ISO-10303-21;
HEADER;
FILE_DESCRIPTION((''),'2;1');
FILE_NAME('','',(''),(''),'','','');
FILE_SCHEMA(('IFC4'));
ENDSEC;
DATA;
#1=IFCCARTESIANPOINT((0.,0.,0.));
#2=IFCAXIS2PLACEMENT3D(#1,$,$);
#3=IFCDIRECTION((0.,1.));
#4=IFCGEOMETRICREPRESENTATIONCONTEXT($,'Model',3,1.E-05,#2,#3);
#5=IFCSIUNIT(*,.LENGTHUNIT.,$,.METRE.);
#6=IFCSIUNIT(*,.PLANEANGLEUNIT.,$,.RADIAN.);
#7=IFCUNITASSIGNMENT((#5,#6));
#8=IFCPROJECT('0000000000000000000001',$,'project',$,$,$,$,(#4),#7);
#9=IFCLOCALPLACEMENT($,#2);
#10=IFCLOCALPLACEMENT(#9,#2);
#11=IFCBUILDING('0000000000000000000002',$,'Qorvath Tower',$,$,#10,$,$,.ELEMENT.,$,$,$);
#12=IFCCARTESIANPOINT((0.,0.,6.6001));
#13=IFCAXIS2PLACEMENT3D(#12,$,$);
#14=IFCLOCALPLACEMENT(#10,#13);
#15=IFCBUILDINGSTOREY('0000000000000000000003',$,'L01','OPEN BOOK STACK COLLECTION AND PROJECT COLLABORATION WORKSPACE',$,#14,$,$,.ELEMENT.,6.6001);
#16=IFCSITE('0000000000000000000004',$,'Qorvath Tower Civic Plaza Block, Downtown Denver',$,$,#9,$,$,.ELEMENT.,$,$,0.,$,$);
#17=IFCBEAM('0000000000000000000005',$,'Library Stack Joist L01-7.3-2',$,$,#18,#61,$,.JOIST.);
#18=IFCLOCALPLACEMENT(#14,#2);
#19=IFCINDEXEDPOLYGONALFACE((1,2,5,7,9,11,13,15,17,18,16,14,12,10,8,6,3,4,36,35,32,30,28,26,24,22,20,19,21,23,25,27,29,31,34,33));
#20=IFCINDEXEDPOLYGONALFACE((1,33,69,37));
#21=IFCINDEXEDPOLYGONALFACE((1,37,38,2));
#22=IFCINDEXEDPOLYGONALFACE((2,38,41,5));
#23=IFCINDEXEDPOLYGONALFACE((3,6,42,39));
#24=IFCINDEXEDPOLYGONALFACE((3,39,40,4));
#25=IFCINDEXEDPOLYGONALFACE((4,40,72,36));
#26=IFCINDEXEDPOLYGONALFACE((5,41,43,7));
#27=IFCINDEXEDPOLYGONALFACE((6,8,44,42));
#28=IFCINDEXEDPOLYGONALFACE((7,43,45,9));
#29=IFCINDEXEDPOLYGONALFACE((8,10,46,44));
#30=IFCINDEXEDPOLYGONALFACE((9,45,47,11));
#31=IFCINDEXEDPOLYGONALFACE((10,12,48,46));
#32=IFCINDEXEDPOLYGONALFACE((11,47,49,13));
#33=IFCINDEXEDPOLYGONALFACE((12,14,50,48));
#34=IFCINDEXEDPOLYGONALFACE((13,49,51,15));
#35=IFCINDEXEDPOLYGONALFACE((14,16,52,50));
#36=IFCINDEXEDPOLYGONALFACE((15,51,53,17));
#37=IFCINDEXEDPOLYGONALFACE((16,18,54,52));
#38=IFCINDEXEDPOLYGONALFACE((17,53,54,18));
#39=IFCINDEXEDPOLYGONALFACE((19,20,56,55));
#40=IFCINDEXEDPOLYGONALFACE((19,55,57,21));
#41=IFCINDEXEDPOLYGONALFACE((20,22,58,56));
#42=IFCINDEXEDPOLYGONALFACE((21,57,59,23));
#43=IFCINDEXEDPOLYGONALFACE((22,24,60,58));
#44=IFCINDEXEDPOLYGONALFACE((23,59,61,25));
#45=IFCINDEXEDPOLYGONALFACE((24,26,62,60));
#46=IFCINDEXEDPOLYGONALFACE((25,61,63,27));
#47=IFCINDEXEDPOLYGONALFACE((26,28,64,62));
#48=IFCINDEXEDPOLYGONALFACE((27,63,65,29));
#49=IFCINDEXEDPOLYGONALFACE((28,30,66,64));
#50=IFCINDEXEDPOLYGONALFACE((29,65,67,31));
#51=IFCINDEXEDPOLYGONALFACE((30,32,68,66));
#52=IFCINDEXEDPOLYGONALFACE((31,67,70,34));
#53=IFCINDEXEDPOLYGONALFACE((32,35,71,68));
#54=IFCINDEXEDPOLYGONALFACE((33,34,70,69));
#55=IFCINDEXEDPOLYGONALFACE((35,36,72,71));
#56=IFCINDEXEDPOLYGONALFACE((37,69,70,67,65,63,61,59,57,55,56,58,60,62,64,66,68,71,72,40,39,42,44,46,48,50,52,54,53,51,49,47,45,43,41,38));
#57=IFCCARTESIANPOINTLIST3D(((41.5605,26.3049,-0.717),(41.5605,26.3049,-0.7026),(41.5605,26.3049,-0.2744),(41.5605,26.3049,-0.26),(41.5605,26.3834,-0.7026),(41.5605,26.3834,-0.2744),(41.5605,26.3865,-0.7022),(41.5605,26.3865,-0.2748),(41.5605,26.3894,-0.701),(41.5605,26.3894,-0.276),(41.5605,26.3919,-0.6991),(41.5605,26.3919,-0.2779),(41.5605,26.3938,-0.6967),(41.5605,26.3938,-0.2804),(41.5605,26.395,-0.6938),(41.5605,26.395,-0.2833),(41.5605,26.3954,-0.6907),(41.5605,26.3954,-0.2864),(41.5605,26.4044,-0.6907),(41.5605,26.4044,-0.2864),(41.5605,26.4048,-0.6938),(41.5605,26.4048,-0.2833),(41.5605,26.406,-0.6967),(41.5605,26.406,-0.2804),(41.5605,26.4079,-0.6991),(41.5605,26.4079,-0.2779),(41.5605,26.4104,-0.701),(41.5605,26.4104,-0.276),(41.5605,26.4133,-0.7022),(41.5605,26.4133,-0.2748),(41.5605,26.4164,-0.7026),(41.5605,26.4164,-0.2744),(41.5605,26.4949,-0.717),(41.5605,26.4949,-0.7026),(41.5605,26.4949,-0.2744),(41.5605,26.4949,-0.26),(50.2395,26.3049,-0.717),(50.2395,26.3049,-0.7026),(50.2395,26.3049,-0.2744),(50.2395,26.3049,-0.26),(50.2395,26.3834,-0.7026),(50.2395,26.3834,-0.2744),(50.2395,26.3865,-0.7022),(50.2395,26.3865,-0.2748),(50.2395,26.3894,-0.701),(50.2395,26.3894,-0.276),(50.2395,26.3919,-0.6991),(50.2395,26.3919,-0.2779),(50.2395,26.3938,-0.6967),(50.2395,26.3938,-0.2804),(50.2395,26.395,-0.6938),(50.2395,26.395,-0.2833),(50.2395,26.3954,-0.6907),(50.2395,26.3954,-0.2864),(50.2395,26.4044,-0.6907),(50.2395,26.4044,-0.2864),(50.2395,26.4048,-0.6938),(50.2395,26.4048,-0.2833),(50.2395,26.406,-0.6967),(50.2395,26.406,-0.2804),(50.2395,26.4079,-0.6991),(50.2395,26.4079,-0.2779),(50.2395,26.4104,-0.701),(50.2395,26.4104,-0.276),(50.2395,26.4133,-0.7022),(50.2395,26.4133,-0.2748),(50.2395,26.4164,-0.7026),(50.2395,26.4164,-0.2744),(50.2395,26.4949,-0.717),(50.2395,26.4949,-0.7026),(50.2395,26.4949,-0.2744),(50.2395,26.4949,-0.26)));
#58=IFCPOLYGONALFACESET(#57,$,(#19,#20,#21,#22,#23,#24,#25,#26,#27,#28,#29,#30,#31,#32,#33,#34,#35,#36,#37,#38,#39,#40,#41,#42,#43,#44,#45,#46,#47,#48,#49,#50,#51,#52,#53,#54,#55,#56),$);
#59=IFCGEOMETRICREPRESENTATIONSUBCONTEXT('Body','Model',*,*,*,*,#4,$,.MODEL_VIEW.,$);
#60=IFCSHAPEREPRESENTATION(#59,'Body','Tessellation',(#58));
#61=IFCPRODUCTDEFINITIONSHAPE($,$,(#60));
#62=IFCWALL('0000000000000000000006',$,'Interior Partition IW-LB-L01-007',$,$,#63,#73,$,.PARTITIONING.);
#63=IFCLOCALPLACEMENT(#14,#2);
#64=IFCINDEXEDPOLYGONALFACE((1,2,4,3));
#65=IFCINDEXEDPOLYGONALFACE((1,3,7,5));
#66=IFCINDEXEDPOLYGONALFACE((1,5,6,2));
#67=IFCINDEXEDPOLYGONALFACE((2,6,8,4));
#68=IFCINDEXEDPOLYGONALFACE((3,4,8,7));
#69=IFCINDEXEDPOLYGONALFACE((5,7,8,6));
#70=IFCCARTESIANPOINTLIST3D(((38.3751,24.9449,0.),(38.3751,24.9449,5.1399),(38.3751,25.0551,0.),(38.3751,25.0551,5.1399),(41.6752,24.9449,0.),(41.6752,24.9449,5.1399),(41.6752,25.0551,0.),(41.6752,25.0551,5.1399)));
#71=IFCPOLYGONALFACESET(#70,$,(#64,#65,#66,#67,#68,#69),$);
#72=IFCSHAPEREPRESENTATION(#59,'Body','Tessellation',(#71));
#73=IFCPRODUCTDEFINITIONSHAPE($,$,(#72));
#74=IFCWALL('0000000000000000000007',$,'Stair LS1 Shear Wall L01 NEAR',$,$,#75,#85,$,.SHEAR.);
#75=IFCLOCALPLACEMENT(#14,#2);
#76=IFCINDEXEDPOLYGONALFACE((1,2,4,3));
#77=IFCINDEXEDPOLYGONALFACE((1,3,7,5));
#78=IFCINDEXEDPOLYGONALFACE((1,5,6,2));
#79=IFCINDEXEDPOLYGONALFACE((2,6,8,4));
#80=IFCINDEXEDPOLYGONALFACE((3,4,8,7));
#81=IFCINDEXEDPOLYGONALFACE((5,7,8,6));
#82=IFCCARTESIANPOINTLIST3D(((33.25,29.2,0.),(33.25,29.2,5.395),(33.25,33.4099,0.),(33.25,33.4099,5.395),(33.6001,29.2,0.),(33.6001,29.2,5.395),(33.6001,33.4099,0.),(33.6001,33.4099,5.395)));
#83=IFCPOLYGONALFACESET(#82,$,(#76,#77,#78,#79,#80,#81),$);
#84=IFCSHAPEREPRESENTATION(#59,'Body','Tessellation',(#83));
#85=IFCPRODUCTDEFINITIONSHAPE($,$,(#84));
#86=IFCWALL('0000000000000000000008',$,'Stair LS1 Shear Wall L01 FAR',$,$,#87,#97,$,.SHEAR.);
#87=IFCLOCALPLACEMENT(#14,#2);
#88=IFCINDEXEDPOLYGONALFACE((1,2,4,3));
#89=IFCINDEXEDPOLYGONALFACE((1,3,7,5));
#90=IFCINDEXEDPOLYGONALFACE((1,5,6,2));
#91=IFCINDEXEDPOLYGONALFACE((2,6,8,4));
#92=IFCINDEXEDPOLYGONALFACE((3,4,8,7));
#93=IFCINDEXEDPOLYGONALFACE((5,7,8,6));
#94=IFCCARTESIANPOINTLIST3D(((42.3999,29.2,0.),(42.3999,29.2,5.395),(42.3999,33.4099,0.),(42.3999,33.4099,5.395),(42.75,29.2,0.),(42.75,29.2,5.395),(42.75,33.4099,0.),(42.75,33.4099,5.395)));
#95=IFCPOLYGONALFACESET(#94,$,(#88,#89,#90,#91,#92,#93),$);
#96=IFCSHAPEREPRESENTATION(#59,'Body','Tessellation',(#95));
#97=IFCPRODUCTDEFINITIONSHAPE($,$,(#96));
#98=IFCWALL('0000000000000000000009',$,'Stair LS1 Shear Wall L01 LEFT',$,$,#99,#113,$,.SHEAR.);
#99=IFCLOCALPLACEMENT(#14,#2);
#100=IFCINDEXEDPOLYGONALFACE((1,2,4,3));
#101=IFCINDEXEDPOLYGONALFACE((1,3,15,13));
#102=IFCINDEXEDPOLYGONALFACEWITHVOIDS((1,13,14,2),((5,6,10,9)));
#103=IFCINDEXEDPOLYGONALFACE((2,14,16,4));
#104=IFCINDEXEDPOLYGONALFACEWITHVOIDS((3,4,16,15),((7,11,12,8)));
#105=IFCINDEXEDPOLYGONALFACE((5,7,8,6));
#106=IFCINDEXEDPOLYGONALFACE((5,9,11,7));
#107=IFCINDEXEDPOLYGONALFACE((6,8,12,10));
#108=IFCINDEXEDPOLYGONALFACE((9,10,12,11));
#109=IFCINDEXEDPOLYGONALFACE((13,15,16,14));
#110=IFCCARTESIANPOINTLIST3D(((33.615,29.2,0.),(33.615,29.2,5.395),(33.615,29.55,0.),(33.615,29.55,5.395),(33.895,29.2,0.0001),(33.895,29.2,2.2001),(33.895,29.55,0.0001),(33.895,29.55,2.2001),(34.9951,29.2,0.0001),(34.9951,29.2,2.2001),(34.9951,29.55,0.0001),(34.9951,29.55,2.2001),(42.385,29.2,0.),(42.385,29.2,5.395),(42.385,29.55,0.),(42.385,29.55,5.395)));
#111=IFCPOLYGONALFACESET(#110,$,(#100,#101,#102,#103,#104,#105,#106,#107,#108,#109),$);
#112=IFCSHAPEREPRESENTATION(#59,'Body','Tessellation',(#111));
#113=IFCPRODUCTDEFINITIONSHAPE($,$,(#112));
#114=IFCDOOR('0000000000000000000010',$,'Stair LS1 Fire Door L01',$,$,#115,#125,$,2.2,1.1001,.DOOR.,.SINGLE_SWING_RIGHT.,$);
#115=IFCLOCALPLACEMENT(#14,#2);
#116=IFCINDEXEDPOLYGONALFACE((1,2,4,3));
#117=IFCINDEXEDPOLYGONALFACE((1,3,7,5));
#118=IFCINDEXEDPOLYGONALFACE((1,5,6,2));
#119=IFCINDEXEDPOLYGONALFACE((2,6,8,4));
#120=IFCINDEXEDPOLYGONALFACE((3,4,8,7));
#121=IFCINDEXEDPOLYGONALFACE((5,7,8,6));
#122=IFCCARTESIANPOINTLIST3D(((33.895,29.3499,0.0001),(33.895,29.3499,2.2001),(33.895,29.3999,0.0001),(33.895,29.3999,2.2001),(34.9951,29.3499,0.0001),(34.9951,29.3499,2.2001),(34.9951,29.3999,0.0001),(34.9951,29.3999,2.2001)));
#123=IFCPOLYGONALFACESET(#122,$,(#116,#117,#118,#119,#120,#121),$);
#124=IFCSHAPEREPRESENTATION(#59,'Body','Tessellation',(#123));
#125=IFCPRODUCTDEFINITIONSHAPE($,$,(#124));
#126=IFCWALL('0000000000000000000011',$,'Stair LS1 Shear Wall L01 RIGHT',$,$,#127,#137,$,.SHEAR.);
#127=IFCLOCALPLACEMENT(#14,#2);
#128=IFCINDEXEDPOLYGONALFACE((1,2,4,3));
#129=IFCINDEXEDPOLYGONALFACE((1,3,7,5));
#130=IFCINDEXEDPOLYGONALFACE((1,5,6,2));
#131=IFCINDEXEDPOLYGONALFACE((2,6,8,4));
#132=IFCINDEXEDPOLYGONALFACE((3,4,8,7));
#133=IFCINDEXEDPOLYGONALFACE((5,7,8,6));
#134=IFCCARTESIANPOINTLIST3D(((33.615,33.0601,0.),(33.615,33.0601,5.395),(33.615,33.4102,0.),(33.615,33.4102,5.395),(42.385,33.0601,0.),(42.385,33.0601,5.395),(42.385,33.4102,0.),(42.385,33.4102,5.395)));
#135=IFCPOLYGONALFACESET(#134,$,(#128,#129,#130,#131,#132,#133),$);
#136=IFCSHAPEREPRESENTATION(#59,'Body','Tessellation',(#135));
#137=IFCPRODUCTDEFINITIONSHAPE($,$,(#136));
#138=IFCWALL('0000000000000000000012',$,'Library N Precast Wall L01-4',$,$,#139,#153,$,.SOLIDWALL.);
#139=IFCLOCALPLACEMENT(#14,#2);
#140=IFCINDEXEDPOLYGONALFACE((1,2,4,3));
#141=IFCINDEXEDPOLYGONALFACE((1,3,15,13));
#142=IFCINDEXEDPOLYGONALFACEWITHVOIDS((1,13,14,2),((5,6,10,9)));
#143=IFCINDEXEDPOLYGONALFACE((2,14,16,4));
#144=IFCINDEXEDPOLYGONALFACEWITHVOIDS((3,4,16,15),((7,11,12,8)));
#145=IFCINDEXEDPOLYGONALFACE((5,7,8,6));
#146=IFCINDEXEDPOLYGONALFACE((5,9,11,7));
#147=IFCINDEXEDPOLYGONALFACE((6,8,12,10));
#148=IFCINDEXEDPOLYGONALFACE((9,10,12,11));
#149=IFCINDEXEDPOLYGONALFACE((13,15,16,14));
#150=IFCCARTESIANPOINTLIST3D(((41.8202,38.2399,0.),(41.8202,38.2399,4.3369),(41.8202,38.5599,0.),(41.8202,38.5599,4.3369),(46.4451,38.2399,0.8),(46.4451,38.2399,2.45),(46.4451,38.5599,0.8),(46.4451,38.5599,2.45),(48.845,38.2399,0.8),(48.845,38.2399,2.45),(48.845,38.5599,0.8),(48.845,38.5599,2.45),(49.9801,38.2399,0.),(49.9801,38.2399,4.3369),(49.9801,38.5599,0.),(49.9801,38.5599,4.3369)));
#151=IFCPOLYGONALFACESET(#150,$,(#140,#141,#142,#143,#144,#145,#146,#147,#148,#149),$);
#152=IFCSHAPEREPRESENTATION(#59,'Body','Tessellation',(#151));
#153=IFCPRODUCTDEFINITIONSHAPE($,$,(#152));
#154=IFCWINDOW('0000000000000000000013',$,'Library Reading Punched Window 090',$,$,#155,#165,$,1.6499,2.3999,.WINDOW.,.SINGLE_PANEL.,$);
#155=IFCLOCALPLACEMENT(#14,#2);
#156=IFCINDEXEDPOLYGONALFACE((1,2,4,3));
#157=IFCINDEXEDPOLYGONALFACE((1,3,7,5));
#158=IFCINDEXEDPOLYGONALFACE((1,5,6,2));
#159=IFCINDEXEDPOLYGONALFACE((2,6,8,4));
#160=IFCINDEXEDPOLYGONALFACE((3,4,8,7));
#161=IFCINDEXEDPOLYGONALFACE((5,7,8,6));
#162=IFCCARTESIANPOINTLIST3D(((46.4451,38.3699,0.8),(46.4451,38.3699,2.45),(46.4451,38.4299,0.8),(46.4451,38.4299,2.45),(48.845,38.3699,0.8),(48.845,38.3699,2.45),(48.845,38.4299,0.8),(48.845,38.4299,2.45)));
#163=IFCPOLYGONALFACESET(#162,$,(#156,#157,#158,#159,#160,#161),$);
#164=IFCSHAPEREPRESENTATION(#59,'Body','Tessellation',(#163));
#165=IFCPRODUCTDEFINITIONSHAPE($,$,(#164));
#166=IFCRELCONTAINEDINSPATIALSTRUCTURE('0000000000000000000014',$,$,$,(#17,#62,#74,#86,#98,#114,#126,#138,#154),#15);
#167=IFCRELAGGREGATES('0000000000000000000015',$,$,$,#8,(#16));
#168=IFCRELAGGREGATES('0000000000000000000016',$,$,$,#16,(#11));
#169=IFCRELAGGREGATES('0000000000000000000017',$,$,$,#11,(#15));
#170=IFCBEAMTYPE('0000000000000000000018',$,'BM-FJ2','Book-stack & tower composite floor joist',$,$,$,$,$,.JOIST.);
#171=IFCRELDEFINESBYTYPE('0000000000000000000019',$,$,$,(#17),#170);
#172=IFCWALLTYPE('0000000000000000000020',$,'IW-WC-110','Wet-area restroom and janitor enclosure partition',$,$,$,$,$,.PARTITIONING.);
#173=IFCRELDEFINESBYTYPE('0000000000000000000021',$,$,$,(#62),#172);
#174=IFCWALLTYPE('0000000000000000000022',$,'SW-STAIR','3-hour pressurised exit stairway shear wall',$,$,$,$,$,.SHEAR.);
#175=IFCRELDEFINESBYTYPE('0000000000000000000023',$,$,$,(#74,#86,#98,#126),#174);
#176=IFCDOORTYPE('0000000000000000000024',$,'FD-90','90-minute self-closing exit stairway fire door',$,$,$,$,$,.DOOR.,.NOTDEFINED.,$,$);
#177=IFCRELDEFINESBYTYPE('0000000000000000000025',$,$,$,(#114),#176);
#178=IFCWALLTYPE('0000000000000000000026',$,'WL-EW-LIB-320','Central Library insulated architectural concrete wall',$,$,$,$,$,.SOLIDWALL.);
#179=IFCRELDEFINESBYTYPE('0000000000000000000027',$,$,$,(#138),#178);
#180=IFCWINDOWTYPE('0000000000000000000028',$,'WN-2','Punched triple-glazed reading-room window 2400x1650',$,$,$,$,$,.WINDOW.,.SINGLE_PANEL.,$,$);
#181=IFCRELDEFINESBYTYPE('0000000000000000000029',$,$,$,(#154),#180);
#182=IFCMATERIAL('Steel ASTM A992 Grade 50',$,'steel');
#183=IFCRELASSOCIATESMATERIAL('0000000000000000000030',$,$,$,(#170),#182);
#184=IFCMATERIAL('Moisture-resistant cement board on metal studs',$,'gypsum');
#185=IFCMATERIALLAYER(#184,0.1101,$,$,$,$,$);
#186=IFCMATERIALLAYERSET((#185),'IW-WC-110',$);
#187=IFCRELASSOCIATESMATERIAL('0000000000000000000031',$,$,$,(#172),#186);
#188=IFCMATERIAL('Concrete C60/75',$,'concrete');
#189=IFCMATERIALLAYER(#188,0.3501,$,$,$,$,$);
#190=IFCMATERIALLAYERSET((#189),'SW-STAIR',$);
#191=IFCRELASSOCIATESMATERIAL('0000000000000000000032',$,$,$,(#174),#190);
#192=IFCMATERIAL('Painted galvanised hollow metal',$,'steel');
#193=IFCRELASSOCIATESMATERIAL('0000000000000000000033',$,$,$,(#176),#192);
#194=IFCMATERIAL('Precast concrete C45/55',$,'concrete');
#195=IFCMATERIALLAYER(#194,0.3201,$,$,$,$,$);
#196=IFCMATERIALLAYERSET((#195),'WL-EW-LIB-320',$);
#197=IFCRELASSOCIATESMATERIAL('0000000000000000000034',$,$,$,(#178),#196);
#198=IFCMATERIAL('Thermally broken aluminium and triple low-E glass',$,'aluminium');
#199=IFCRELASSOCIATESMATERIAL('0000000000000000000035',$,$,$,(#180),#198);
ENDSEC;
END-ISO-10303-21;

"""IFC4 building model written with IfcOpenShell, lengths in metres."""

from ifc_helpers import new_model, si_unit, direction, frame, frame_2d, origin, origin_2d, place, context, subcontext, project, spatial, rectangle, i_section, extrude, material, layer, layer_set, material_profile, profile_set, type_object, element, fill, save


model = new_model("IFC4")

# Units and contexts
model_context = context("Model", 3, precision=1e-05, world=origin(), true_north=direction((0.0, 1.0)))
body_context = subcontext(model_context, "Body", "Model", "MODEL_VIEW")
ifc_project = project(units=[si_unit("LENGTHUNIT", "METRE"), si_unit("PLANEANGLEUNIT", "RADIAN")], contexts=[model_context])

# Site, building, storey
site_placement = place(None, origin())
site = spatial("IfcSite", under=ifc_project, at=site_placement, Name="Qorvath Tower Civic Plaza Block, Downtown Denver", CompositionType="ELEMENT", RefElevation=0.0)
building_placement = place(site_placement, origin())
building = spatial("IfcBuilding", under=site, at=building_placement, Name="Qorvath Tower", CompositionType="ELEMENT")
storey_placement = place(building_placement, frame((0.0, 0.0, 6.6001)))
storey = spatial("IfcBuildingStorey", under=building, at=storey_placement, Name="L01", Description="OPEN BOOK STACK COLLECTION AND PROJECT COLLABORATION WORKSPACE", CompositionType="ELEMENT", Elevation=6.6001)

# Beam
ifc_material_1 = material(Name="Steel ASTM A992 Grade 50", Category="steel")
ifc_material_profile_1 = material_profile(ifc_material_1, i_section(OverallWidth=0.1899, OverallDepth=0.457, WebThickness=0.009, FlangeThickness=0.0144, FilletRadius=0.012, at=origin_2d()), Name="W18x50")
ifc_profile_set_1 = profile_set([ifc_material_profile_1], Name="Steel ASTM A992 Grade 50")
beam_type_1 = type_object("IfcBeamType", Name="BM-FJ2", Description="Book-stack & tower composite floor joist", PredefinedType="JOIST", material=ifc_profile_set_1)
beam_1_placement = place(storey_placement, frame((41.5605, 26.3999, -0.4885), z_axis=(1.0, 0.0, 0.0), x_axis=(0.0, 1.0, 0.0)))
element("IfcBeam", 1, at=beam_1_placement, inside=storey, type_object=beam_type_1, Name="Library Stack Joist L01-7.3-2", PredefinedType="JOIST", context=body_context, shape_type="SweptSolid", body=[
    extrude(i_section(OverallWidth=0.1899, OverallDepth=0.457, WebThickness=0.009, FlangeThickness=0.0144, FilletRadius=0.012, at=origin_2d()), origin(), (0.0, 0.0, 1.0), 8.679),
])

# Walls
ifc_material_2 = material(Name="Moisture-resistant cement board on metal studs", Category="gypsum")
ifc_layer_1 = layer(ifc_material_2, 0.1101)
ifc_layer_set_1 = layer_set([ifc_layer_1], Name="IW-WC-110")
wall_type_1 = type_object("IfcWallType", Name="IW-WC-110", Description="Wet-area restroom and janitor enclosure partition", PredefinedType="PARTITIONING", material=ifc_layer_set_1)
wall_1_placement = place(storey_placement, frame((41.675, 25.0, 0.0), z_axis=(0.0, 0.0, 1.0), x_axis=(-1.0, 0.0, 0.0)))
element("IfcWall", 2, at=wall_1_placement, inside=storey, type_object=wall_type_1, Name="Interior Partition IW-LB-L01-007", PredefinedType="PARTITIONING", context=body_context, shape_type="SweptSolid", body=[
    extrude(rectangle(XDim=3.3, YDim=0.1101, at=frame_2d((1.6499, 0.0))), origin(), (0.0, 0.0, 1.0), 5.1399),
])
ifc_material_3 = material(Name="Concrete C60/75", Category="concrete")
ifc_layer_2 = layer(ifc_material_3, 0.3501)
ifc_layer_set_2 = layer_set([ifc_layer_2], Name="SW-STAIR")
wall_type_2 = type_object("IfcWallType", Name="SW-STAIR", Description="3-hour pressurised exit stairway shear wall", PredefinedType="SHEAR", material=ifc_layer_set_2)
for number, where, z_axis, x_axis, name in (
    (3, (33.425, 33.4099, 0.0), (0.0, 0.0, 1.0), (0.0, -1.0, 0.0), "Stair LS1 Shear Wall L01 NEAR"),
    (4, (42.575, 29.2, 0.0), (0.0, 0.0, 1.0), (0.0, 1.0, 0.0), "Stair LS1 Shear Wall L01 FAR"),
):
    element("IfcWall", number, at=place(storey_placement, frame(where, z_axis=z_axis, x_axis=x_axis)), inside=storey, type_object=wall_type_2, Name=name, PredefinedType="SHEAR", context=body_context, shape_type="SweptSolid", body=[
        extrude(rectangle(XDim=4.21, YDim=0.3501, at=frame_2d((2.105, 0.0))), origin(), (0.0, 0.0, 1.0), 5.395),
    ])

# Wall, opening, door
wall_2_placement = place(storey_placement, frame((33.615, 29.375, 0.0), z_axis=(0.0, 0.0, 1.0), x_axis=(1.0, 0.0, 0.0)))
wall_2 = element("IfcWall", 5, at=wall_2_placement, inside=storey, type_object=wall_type_2, Name="Stair LS1 Shear Wall L01 LEFT", PredefinedType="SHEAR", context=body_context, shape_type="SweptSolid", body=[
    extrude(rectangle(XDim=8.77, YDim=0.3501, at=frame_2d((4.385, 0.0))), origin(), (0.0, 0.0, 1.0), 5.395),
])
opening_1_placement = place(wall_2_placement, frame((0.28, 0.0, 0.0)))
opening_1 = element("IfcOpeningElement", 6, at=opening_1_placement, cuts=wall_2, PredefinedType="OPENING", context=body_context, shape_type="SweptSolid", body=[
    extrude(rectangle(XDim=1.1001, YDim=2.2, at=frame_2d((0.55, 1.1001))), frame((0.0, 0.1851, 0.0), z_axis=(0.0, -1.0, 0.0), x_axis=(1.0, 0.0, 0.0)), (0.0, 0.0, 1.0), 0.3701),
])
ifc_material_4 = material(Name="Painted galvanised hollow metal", Category="steel")
door_type = type_object("IfcDoorType", Name="FD-90", Description="90-minute self-closing exit stairway fire door", OperationType="NOTDEFINED", PredefinedType="DOOR", material=ifc_material_4)
door_placement = place(opening_1_placement, origin())
door = element("IfcDoor", 7, at=door_placement, inside=storey, type_object=door_type, Name="Stair LS1 Fire Door L01", OperationType="SINGLE_SWING_RIGHT", OverallHeight=2.2, OverallWidth=1.1001, PredefinedType="DOOR", context=body_context, shape_type="SweptSolid", body=[
    extrude(rectangle(XDim=1.1001, YDim=2.2, at=frame_2d((0.55, 1.1001))), frame((0.0, 0.0249, 0.0), z_axis=(0.0, -1.0, 0.0), x_axis=(1.0, 0.0, 0.0)), (0.0, 0.0, 1.0), 0.05),
])
fill(opening_1, door)

# Wall
wall_3_placement = place(storey_placement, frame((42.385, 33.2351, 0.0), z_axis=(0.0, 0.0, 1.0), x_axis=(-1.0, 0.0, 0.0)))
element("IfcWall", 8, at=wall_3_placement, inside=storey, type_object=wall_type_2, Name="Stair LS1 Shear Wall L01 RIGHT", PredefinedType="SHEAR", context=body_context, shape_type="SweptSolid", body=[
    extrude(rectangle(XDim=8.77, YDim=0.3501, at=frame_2d((4.385, 0.0))), origin(), (0.0, 0.0, 1.0), 5.395),
])

# Wall, opening, window
ifc_material_5 = material(Name="Precast concrete C45/55", Category="concrete")
ifc_layer_3 = layer(ifc_material_5, 0.3201)
ifc_layer_set_3 = layer_set([ifc_layer_3], Name="WL-EW-LIB-320")
wall_type_3 = type_object("IfcWallType", Name="WL-EW-LIB-320", Description="Central Library insulated architectural concrete wall", PredefinedType="SOLIDWALL", material=ifc_layer_set_3)
wall_4_placement = place(storey_placement, frame((41.8201, 38.3999, 0.0), z_axis=(0.0, 0.0, 1.0), x_axis=(1.0, 0.0, 0.0)))
wall_4 = element("IfcWall", 9, at=wall_4_placement, inside=storey, type_object=wall_type_3, Name="Library N Precast Wall L01-4", PredefinedType="SOLIDWALL", context=body_context, shape_type="SweptSolid", body=[
    extrude(rectangle(XDim=8.1599, YDim=0.3201, at=frame_2d((4.0801, 0.0))), origin(), (0.0, 0.0, 1.0), 4.3369),
])
opening_2_placement = place(wall_4_placement, frame((4.625, 0.0, 0.8)))
opening_2 = element("IfcOpeningElement", 10, at=opening_2_placement, cuts=wall_4, PredefinedType="OPENING", context=body_context, shape_type="SweptSolid", body=[
    extrude(rectangle(XDim=2.3999, YDim=1.6499, at=frame_2d((1.2, 0.825))), frame((0.0, 0.1699, 0.0), z_axis=(0.0, -1.0, 0.0), x_axis=(1.0, 0.0, 0.0)), (0.0, 0.0, 1.0), 0.3401),
])
ifc_material_6 = material(Name="Thermally broken aluminium and triple low-E glass", Category="aluminium")
window_type = type_object("IfcWindowType", Name="WN-2", Description="Punched triple-glazed reading-room window 2400x1650", PartitioningType="SINGLE_PANEL", PredefinedType="WINDOW", material=ifc_material_6)
window_1_placement = place(opening_2_placement, origin())
window_1 = element("IfcWindow", 11, at=window_1_placement, inside=storey, type_object=window_type, Name="Library Reading Punched Window 090", OverallHeight=1.6499, OverallWidth=2.3999, PartitioningType="SINGLE_PANEL", PredefinedType="WINDOW", context=body_context, shape_type="SweptSolid", body=[
    extrude(rectangle(XDim=2.3999, YDim=1.6499, at=frame_2d((1.2, 0.825))), frame((0.0, 0.03, 0.0), z_axis=(0.0, -1.0, 0.0), x_axis=(1.0, 0.0, 0.0)), (0.0, 0.0, 1.0), 0.0601),
])
fill(opening_2, window_1)

save(model, "model.ifc")
